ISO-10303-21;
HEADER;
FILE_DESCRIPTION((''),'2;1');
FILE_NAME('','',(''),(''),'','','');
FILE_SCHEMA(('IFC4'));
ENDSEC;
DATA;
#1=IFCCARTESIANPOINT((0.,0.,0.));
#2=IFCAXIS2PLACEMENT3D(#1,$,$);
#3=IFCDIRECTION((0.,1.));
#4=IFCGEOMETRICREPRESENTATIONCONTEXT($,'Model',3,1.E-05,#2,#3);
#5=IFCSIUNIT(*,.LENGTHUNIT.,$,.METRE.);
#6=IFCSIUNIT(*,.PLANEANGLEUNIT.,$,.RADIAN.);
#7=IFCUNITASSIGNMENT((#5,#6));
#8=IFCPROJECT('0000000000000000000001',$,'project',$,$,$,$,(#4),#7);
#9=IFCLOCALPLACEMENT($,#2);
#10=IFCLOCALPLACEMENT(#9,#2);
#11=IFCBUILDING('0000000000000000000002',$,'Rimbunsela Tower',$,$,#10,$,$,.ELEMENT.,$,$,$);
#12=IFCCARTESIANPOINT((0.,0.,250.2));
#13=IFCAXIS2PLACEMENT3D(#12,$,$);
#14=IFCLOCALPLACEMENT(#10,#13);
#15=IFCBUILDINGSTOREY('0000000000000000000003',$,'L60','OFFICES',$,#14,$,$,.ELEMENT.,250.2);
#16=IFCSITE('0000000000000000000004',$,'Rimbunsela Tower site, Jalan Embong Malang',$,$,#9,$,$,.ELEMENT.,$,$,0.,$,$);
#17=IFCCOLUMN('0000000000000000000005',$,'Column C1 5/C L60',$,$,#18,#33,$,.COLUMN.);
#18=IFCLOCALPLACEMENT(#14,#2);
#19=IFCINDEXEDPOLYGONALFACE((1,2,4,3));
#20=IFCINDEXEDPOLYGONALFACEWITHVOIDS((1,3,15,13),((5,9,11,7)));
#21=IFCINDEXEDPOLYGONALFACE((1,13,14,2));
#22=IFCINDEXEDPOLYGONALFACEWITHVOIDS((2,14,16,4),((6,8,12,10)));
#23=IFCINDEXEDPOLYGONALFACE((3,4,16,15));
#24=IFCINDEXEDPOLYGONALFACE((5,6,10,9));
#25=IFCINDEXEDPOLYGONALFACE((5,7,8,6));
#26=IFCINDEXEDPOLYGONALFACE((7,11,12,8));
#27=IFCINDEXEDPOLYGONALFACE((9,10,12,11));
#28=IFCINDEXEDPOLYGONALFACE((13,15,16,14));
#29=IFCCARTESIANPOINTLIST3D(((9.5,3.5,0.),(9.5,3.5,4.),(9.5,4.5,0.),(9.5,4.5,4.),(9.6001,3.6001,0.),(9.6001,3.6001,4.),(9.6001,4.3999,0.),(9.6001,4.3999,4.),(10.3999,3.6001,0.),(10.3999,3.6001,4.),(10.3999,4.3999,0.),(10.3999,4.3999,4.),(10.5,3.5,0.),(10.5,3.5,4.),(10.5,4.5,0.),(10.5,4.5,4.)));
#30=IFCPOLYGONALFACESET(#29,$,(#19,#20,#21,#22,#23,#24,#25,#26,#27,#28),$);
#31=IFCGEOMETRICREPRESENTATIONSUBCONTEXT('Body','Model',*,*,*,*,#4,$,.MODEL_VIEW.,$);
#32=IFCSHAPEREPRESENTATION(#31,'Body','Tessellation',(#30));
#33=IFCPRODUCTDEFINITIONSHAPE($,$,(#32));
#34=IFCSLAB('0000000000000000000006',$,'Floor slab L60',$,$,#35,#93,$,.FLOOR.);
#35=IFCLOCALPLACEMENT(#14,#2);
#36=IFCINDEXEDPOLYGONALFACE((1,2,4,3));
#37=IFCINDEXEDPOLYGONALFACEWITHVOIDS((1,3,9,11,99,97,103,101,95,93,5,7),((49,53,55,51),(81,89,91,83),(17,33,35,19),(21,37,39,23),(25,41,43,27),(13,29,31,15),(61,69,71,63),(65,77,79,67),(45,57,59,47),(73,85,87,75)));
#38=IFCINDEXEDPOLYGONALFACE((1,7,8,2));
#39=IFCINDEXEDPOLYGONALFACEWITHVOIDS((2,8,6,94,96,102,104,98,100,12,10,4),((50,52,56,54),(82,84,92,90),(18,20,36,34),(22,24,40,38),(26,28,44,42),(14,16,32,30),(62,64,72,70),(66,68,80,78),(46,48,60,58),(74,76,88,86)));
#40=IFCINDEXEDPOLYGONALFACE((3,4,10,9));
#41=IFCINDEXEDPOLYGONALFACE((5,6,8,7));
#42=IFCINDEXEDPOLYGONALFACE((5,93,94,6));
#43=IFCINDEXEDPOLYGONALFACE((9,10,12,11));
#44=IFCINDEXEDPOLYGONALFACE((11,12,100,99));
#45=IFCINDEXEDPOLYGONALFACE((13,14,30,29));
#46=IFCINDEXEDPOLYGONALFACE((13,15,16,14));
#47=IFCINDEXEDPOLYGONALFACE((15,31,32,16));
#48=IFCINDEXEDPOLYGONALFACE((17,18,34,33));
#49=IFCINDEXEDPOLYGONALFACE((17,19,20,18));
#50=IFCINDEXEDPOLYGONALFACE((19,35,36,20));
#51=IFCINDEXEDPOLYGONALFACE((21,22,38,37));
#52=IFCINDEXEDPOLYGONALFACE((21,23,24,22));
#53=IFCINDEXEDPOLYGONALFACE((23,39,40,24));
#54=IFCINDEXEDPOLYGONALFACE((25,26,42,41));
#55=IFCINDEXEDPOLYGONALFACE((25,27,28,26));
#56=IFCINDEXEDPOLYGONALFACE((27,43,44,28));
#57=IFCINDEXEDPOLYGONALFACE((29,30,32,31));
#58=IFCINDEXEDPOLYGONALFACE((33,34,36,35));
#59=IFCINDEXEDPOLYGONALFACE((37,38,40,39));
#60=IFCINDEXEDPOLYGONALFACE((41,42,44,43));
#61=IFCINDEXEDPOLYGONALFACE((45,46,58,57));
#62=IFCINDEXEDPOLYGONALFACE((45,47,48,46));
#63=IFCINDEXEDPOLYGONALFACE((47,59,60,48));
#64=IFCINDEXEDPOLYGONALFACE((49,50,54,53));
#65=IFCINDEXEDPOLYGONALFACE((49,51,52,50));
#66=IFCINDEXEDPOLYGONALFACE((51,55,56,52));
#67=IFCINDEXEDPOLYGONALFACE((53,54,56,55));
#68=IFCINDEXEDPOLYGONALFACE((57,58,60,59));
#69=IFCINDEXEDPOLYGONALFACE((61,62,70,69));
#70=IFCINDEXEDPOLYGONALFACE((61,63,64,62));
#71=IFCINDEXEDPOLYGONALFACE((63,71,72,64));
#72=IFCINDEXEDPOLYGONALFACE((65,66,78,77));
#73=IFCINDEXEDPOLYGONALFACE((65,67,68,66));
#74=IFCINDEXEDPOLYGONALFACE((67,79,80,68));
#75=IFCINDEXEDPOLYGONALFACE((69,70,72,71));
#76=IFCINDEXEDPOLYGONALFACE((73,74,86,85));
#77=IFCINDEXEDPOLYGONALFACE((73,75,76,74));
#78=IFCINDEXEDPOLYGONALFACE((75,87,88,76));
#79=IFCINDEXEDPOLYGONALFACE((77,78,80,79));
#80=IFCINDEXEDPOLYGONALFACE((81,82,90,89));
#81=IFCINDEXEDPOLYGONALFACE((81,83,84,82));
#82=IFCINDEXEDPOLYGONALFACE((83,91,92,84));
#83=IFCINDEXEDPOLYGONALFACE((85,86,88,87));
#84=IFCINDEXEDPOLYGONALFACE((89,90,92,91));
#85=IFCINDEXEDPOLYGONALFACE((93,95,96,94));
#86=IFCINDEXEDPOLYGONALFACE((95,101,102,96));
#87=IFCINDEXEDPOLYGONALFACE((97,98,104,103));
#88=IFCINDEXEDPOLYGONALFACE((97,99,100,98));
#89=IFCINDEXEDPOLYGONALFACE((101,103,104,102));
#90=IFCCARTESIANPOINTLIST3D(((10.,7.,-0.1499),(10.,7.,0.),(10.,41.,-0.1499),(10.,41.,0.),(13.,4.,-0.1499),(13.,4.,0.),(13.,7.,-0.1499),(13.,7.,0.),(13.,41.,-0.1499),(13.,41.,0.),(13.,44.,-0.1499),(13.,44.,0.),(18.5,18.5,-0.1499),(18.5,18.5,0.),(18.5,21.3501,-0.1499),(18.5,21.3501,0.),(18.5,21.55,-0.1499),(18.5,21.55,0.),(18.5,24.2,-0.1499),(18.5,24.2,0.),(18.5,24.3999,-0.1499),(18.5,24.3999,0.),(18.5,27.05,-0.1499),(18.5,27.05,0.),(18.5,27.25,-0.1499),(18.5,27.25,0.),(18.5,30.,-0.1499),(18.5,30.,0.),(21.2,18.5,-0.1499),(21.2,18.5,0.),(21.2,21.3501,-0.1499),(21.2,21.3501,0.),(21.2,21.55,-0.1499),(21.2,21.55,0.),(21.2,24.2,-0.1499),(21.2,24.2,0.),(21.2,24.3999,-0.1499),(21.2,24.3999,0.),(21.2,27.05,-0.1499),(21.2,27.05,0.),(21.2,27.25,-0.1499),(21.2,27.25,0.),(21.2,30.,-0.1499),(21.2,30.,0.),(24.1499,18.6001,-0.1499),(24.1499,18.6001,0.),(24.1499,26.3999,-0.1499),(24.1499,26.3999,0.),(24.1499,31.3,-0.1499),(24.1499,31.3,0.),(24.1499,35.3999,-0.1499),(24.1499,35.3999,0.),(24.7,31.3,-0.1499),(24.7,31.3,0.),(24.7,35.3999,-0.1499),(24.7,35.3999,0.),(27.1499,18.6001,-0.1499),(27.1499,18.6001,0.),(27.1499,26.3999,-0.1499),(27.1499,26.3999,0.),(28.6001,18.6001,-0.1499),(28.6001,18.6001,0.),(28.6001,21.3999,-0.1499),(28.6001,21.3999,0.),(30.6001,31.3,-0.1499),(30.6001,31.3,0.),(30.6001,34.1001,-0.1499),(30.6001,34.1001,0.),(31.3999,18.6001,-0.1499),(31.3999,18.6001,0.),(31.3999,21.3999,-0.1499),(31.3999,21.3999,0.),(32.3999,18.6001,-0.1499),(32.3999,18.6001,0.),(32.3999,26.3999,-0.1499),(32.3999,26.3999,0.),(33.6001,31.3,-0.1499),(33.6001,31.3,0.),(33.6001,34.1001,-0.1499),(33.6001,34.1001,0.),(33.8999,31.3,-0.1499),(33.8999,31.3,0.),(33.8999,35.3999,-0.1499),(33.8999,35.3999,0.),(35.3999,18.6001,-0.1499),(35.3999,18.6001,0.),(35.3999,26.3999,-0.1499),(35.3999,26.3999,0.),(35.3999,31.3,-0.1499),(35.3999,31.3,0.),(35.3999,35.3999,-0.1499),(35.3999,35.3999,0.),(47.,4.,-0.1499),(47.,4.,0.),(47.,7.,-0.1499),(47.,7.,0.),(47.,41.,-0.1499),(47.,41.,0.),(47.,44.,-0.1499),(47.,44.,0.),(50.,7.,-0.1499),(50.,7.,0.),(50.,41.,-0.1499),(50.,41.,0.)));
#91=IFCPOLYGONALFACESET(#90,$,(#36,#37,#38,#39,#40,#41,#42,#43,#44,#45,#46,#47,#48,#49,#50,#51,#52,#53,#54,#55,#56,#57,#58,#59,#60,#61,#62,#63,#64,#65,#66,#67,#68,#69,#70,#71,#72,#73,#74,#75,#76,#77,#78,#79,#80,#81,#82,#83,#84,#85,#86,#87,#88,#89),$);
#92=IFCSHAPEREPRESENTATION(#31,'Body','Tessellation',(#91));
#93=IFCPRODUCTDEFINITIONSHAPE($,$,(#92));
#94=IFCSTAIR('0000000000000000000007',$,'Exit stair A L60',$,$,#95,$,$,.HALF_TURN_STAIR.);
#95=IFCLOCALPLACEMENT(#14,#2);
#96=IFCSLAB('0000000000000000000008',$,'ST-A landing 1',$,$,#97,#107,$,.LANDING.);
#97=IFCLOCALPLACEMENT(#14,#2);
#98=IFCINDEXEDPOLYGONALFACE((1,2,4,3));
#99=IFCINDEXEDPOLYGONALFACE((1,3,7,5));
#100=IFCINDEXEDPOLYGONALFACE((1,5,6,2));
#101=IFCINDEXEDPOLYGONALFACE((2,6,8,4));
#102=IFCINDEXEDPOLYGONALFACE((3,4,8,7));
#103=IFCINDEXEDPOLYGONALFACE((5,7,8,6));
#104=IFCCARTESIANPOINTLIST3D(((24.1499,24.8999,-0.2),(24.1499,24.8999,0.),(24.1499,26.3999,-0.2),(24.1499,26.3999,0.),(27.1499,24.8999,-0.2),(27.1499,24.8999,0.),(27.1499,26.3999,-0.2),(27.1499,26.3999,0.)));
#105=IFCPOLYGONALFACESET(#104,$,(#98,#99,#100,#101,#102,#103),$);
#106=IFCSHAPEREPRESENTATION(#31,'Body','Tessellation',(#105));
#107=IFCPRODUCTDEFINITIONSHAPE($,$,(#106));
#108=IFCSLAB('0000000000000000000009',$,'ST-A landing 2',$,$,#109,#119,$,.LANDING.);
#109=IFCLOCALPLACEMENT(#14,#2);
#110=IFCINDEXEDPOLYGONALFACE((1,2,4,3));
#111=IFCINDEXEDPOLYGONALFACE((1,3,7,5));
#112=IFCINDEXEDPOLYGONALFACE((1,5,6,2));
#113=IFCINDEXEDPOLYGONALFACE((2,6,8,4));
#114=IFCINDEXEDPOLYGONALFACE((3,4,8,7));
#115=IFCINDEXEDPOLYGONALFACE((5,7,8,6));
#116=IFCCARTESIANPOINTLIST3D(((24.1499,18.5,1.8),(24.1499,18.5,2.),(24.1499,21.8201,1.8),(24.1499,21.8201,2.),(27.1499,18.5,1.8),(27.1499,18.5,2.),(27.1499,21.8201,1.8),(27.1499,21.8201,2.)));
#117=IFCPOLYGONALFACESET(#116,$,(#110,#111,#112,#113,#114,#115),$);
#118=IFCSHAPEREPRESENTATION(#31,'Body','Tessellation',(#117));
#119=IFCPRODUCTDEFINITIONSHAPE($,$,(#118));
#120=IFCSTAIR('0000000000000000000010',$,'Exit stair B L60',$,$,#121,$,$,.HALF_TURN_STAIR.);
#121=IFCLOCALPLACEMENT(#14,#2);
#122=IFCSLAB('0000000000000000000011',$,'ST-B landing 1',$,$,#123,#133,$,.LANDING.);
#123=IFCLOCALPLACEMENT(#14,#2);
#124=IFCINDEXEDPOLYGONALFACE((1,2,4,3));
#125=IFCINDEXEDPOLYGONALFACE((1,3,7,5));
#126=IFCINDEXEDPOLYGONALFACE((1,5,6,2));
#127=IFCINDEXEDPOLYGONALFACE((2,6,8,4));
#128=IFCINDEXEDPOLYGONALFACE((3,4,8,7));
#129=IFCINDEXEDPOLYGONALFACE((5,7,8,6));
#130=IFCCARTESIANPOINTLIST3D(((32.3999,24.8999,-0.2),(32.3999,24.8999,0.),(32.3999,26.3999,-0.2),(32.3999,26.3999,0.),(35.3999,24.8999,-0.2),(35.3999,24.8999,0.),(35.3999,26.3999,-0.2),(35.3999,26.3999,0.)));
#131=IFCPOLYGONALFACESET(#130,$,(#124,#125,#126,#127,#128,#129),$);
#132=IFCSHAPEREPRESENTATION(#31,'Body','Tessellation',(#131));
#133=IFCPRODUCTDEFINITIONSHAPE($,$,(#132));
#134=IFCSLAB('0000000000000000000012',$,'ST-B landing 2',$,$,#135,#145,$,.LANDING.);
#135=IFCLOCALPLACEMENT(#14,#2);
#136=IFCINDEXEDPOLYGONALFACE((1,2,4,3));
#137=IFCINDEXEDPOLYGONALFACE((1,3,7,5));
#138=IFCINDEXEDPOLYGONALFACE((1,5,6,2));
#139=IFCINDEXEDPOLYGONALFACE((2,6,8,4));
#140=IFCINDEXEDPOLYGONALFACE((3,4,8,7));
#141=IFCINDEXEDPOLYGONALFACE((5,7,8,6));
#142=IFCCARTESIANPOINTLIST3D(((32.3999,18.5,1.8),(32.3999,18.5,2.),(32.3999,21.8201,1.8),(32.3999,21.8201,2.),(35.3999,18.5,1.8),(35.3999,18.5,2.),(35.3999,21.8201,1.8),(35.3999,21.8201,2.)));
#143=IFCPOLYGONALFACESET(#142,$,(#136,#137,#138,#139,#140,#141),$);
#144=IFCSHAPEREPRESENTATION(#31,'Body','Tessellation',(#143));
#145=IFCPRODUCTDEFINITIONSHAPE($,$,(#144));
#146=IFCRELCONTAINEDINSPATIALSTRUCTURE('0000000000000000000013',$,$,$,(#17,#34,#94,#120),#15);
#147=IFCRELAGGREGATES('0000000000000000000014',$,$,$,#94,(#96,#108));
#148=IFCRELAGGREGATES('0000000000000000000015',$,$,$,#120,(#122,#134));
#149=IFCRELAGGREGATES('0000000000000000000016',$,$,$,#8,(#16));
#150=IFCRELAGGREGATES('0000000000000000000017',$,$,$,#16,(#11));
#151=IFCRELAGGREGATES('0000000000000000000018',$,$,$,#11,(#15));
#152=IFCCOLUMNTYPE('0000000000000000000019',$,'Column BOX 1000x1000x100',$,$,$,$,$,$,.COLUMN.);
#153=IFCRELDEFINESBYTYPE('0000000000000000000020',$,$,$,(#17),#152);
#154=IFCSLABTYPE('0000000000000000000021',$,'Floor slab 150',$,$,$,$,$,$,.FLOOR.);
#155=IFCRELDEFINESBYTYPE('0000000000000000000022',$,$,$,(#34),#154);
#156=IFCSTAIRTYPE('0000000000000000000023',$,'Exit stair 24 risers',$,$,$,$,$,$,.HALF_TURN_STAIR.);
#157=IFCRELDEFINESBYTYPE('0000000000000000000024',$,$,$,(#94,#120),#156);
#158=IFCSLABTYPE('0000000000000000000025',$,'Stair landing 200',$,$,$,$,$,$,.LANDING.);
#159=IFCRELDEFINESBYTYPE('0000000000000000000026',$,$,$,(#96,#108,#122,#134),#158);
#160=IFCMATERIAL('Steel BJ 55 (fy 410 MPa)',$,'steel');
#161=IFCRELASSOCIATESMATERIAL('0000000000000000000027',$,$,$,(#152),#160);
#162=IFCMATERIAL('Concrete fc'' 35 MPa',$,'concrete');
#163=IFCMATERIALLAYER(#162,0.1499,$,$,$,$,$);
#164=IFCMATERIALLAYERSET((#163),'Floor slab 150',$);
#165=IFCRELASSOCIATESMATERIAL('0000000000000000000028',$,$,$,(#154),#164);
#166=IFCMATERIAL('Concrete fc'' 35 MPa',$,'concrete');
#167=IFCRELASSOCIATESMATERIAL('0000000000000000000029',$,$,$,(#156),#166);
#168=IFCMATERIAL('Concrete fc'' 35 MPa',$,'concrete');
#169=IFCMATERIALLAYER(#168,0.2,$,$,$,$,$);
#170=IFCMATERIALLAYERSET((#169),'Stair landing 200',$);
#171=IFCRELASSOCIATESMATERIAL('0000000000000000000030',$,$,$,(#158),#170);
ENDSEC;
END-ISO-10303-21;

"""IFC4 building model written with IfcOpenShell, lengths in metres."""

from ifc_helpers import new_model, si_unit, direction, frame, origin, origin_2d, place, context, subcontext, project, spatial, polyline, hollow_rectangle, outline, extrude, material, layer, layer_set, material_profile, profile_set, type_object, element, aggregate, save


model = new_model("IFC4")

# Units and contexts
model_context = context("Model", 3, precision=1e-05, world=origin(), true_north=direction((0.0, 1.0)))
body_context = subcontext(model_context, "Body", "Model", "MODEL_VIEW")
ifc_project = project(units=[si_unit("LENGTHUNIT", "METRE"), si_unit("PLANEANGLEUNIT", "RADIAN")], contexts=[model_context])

# Site, building, storey
site_placement = place(None, origin())
site = spatial("IfcSite", under=ifc_project, at=site_placement, Name="Rimbunsela Tower site, Jalan Embong Malang", CompositionType="ELEMENT", RefElevation=0.0)
building_placement = place(site_placement, origin())
building = spatial("IfcBuilding", under=site, at=building_placement, Name="Rimbunsela Tower", CompositionType="ELEMENT")
storey_placement = place(building_placement, frame((0.0, 0.0, 250.2)))
storey = spatial("IfcBuildingStorey", under=building, at=storey_placement, Name="L60", Description="OFFICES", CompositionType="ELEMENT", Elevation=250.2)

# Column
ifc_material_1 = material(Name="Steel BJ 55 (fy 410 MPa)", Category="steel")
ifc_material_profile = material_profile(ifc_material_1, hollow_rectangle(XDim=1.0, YDim=1.0, WallThickness=0.1001, at=origin_2d()), Name="BOX 1000x1000x100")
ifc_profile_set = profile_set([ifc_material_profile], Name="Steel BJ 55 (fy 410 MPa)")
column_type = type_object("IfcColumnType", Name="Column BOX 1000x1000x100", PredefinedType="COLUMN", material=ifc_profile_set)
column_placement = place(storey_placement, frame((10.0, 4.0, 0.0), z_axis=(0.0, 0.0, 1.0), x_axis=(1.0, 0.0, 0.0)))
element("IfcColumn", 1, at=column_placement, inside=storey, type_object=column_type, Name="Column C1 5/C L60", PredefinedType="COLUMN", context=body_context, shape_type="SweptSolid", body=[
    extrude(hollow_rectangle(XDim=1.0, YDim=1.0, WallThickness=0.1001, at=origin_2d()), origin(), (0.0, 0.0, 1.0), 4.0),
])

# Slab
ifc_material_2 = material(Name="Concrete fc' 35 MPa", Category="concrete")
ifc_layer_1 = layer(ifc_material_2, 0.1499)
ifc_layer_set_1 = layer_set([ifc_layer_1], Name="Floor slab 150")
slab_type_1 = type_object("IfcSlabType", Name="Floor slab 150", PredefinedType="FLOOR", material=ifc_layer_set_1)
slab_1_placement = place(storey_placement, frame((0.0, 0.0, -0.1499)))
element("IfcSlab", 2, at=slab_1_placement, inside=storey, type_object=slab_type_1, Name="Floor slab L60", PredefinedType="FLOOR", context=body_context, shape_type="SweptSolid", body=[
    extrude(outline(polyline([(13.0, 4.0), (47.0, 4.0), (47.0, 7.0), (50.0, 7.0), (50.0, 41.0), (47.0, 41.0), (47.0, 44.0), (13.0, 44.0), (13.0, 41.0), (10.0, 41.0), (10.0, 7.0), (13.0, 7.0), (13.0, 4.0)]), holes=[polyline([(21.2, 21.3501), (18.5, 21.3501), (18.5, 18.5), (21.2, 18.5), (21.2, 21.3501)]), polyline([(21.2, 21.55), (21.2, 24.2), (18.5, 24.2), (18.5, 21.55), (21.2, 21.55)]), polyline([(21.2, 27.05), (18.5, 27.05), (18.5, 24.3999), (21.2, 24.3999), (21.2, 27.05)]), polyline([(21.2, 30.0), (18.5, 30.0), (18.5, 27.25), (21.2, 27.25), (21.2, 30.0)]), polyline([(27.1499, 26.3999), (24.1499, 26.3999), (24.1499, 18.6001), (27.1499, 18.6001), (27.1499, 26.3999)]), polyline([(24.7, 31.3), (24.7, 35.3999), (24.1499, 35.3999), (24.1499, 31.3), (24.7, 31.3)]), polyline([(31.3999, 21.3999), (28.6001, 21.3999), (28.6001, 18.6001), (31.3999, 18.6001), (31.3999, 21.3999)]), polyline([(33.6001, 34.1001), (30.6001, 34.1001), (30.6001, 31.3), (33.6001, 31.3), (33.6001, 34.1001)]), polyline([(35.3999, 18.6001), (35.3999, 26.3999), (32.3999, 26.3999), (32.3999, 18.6001), (35.3999, 18.6001)]), polyline([(35.3999, 31.3), (35.3999, 35.3999), (33.8999, 35.3999), (33.8999, 31.3), (35.3999, 31.3)])]), origin(), (0.0, 0.0, 1.0), 0.1499),
])

# Stairs, slabs
ifc_material_3 = material(Name="Concrete fc' 35 MPa", Category="concrete")
stair_type = type_object("IfcStairType", Name="Exit stair 24 risers", PredefinedType="HALF_TURN_STAIR", material=ifc_material_3)
stair_1_placement = place(storey_placement, origin())
stair_1 = element("IfcStair", 3, at=stair_1_placement, inside=storey, type_object=stair_type, Name="Exit stair A L60", PredefinedType="HALF_TURN_STAIR")
ifc_material_4 = material(Name="Concrete fc' 35 MPa", Category="concrete")
ifc_layer_2 = layer(ifc_material_4, 0.2)
ifc_layer_set_2 = layer_set([ifc_layer_2], Name="Stair landing 200")
slab_type_2 = type_object("IfcSlabType", Name="Stair landing 200", PredefinedType="LANDING", material=ifc_layer_set_2)
slab_2_placement = place(storey_placement, frame((0.0, 0.0, -0.2)))
slab_2 = element("IfcSlab", 4, at=slab_2_placement, type_object=slab_type_2, Name="ST-A landing 1", PredefinedType="LANDING", context=body_context, shape_type="SweptSolid", body=[
    extrude(outline(polyline([(24.1499, 24.8999), (27.1499, 24.8999), (27.1499, 26.3999), (24.1499, 26.3999), (24.1499, 24.8999)])), origin(), (0.0, 0.0, 1.0), 0.2),
])
slab_3_placement = place(storey_placement, frame((0.0, 0.0, 1.8)))
slab_3 = element("IfcSlab", 5, at=slab_3_placement, type_object=slab_type_2, Name="ST-A landing 2", PredefinedType="LANDING", context=body_context, shape_type="SweptSolid", body=[
    extrude(outline(polyline([(24.1499, 18.5), (27.1499, 18.5), (27.1499, 21.8201), (24.1499, 21.8201), (24.1499, 18.5)])), origin(), (0.0, 0.0, 1.0), 0.2),
])
aggregate(stair_1, [slab_2, slab_3])
stair_2_placement = place(storey_placement, origin())
stair_2 = element("IfcStair", 6, at=stair_2_placement, inside=storey, type_object=stair_type, Name="Exit stair B L60", PredefinedType="HALF_TURN_STAIR")
slab_4_placement = place(storey_placement, frame((0.0, 0.0, -0.2)))
slab_4 = element("IfcSlab", 7, at=slab_4_placement, type_object=slab_type_2, Name="ST-B landing 1", PredefinedType="LANDING", context=body_context, shape_type="SweptSolid", body=[
    extrude(outline(polyline([(32.3999, 24.8999), (35.3999, 24.8999), (35.3999, 26.3999), (32.3999, 26.3999), (32.3999, 24.8999)])), origin(), (0.0, 0.0, 1.0), 0.2),
])
slab_5_placement = place(storey_placement, frame((0.0, 0.0, 1.8)))
slab_5 = element("IfcSlab", 8, at=slab_5_placement, type_object=slab_type_2, Name="ST-B landing 2", PredefinedType="LANDING", context=body_context, shape_type="SweptSolid", body=[
    extrude(outline(polyline([(32.3999, 18.5), (35.3999, 18.5), (35.3999, 21.8201), (32.3999, 21.8201), (32.3999, 18.5)])), origin(), (0.0, 0.0, 1.0), 0.2),
])
aggregate(stair_2, [slab_4, slab_5])

save(model, "model.ifc")
